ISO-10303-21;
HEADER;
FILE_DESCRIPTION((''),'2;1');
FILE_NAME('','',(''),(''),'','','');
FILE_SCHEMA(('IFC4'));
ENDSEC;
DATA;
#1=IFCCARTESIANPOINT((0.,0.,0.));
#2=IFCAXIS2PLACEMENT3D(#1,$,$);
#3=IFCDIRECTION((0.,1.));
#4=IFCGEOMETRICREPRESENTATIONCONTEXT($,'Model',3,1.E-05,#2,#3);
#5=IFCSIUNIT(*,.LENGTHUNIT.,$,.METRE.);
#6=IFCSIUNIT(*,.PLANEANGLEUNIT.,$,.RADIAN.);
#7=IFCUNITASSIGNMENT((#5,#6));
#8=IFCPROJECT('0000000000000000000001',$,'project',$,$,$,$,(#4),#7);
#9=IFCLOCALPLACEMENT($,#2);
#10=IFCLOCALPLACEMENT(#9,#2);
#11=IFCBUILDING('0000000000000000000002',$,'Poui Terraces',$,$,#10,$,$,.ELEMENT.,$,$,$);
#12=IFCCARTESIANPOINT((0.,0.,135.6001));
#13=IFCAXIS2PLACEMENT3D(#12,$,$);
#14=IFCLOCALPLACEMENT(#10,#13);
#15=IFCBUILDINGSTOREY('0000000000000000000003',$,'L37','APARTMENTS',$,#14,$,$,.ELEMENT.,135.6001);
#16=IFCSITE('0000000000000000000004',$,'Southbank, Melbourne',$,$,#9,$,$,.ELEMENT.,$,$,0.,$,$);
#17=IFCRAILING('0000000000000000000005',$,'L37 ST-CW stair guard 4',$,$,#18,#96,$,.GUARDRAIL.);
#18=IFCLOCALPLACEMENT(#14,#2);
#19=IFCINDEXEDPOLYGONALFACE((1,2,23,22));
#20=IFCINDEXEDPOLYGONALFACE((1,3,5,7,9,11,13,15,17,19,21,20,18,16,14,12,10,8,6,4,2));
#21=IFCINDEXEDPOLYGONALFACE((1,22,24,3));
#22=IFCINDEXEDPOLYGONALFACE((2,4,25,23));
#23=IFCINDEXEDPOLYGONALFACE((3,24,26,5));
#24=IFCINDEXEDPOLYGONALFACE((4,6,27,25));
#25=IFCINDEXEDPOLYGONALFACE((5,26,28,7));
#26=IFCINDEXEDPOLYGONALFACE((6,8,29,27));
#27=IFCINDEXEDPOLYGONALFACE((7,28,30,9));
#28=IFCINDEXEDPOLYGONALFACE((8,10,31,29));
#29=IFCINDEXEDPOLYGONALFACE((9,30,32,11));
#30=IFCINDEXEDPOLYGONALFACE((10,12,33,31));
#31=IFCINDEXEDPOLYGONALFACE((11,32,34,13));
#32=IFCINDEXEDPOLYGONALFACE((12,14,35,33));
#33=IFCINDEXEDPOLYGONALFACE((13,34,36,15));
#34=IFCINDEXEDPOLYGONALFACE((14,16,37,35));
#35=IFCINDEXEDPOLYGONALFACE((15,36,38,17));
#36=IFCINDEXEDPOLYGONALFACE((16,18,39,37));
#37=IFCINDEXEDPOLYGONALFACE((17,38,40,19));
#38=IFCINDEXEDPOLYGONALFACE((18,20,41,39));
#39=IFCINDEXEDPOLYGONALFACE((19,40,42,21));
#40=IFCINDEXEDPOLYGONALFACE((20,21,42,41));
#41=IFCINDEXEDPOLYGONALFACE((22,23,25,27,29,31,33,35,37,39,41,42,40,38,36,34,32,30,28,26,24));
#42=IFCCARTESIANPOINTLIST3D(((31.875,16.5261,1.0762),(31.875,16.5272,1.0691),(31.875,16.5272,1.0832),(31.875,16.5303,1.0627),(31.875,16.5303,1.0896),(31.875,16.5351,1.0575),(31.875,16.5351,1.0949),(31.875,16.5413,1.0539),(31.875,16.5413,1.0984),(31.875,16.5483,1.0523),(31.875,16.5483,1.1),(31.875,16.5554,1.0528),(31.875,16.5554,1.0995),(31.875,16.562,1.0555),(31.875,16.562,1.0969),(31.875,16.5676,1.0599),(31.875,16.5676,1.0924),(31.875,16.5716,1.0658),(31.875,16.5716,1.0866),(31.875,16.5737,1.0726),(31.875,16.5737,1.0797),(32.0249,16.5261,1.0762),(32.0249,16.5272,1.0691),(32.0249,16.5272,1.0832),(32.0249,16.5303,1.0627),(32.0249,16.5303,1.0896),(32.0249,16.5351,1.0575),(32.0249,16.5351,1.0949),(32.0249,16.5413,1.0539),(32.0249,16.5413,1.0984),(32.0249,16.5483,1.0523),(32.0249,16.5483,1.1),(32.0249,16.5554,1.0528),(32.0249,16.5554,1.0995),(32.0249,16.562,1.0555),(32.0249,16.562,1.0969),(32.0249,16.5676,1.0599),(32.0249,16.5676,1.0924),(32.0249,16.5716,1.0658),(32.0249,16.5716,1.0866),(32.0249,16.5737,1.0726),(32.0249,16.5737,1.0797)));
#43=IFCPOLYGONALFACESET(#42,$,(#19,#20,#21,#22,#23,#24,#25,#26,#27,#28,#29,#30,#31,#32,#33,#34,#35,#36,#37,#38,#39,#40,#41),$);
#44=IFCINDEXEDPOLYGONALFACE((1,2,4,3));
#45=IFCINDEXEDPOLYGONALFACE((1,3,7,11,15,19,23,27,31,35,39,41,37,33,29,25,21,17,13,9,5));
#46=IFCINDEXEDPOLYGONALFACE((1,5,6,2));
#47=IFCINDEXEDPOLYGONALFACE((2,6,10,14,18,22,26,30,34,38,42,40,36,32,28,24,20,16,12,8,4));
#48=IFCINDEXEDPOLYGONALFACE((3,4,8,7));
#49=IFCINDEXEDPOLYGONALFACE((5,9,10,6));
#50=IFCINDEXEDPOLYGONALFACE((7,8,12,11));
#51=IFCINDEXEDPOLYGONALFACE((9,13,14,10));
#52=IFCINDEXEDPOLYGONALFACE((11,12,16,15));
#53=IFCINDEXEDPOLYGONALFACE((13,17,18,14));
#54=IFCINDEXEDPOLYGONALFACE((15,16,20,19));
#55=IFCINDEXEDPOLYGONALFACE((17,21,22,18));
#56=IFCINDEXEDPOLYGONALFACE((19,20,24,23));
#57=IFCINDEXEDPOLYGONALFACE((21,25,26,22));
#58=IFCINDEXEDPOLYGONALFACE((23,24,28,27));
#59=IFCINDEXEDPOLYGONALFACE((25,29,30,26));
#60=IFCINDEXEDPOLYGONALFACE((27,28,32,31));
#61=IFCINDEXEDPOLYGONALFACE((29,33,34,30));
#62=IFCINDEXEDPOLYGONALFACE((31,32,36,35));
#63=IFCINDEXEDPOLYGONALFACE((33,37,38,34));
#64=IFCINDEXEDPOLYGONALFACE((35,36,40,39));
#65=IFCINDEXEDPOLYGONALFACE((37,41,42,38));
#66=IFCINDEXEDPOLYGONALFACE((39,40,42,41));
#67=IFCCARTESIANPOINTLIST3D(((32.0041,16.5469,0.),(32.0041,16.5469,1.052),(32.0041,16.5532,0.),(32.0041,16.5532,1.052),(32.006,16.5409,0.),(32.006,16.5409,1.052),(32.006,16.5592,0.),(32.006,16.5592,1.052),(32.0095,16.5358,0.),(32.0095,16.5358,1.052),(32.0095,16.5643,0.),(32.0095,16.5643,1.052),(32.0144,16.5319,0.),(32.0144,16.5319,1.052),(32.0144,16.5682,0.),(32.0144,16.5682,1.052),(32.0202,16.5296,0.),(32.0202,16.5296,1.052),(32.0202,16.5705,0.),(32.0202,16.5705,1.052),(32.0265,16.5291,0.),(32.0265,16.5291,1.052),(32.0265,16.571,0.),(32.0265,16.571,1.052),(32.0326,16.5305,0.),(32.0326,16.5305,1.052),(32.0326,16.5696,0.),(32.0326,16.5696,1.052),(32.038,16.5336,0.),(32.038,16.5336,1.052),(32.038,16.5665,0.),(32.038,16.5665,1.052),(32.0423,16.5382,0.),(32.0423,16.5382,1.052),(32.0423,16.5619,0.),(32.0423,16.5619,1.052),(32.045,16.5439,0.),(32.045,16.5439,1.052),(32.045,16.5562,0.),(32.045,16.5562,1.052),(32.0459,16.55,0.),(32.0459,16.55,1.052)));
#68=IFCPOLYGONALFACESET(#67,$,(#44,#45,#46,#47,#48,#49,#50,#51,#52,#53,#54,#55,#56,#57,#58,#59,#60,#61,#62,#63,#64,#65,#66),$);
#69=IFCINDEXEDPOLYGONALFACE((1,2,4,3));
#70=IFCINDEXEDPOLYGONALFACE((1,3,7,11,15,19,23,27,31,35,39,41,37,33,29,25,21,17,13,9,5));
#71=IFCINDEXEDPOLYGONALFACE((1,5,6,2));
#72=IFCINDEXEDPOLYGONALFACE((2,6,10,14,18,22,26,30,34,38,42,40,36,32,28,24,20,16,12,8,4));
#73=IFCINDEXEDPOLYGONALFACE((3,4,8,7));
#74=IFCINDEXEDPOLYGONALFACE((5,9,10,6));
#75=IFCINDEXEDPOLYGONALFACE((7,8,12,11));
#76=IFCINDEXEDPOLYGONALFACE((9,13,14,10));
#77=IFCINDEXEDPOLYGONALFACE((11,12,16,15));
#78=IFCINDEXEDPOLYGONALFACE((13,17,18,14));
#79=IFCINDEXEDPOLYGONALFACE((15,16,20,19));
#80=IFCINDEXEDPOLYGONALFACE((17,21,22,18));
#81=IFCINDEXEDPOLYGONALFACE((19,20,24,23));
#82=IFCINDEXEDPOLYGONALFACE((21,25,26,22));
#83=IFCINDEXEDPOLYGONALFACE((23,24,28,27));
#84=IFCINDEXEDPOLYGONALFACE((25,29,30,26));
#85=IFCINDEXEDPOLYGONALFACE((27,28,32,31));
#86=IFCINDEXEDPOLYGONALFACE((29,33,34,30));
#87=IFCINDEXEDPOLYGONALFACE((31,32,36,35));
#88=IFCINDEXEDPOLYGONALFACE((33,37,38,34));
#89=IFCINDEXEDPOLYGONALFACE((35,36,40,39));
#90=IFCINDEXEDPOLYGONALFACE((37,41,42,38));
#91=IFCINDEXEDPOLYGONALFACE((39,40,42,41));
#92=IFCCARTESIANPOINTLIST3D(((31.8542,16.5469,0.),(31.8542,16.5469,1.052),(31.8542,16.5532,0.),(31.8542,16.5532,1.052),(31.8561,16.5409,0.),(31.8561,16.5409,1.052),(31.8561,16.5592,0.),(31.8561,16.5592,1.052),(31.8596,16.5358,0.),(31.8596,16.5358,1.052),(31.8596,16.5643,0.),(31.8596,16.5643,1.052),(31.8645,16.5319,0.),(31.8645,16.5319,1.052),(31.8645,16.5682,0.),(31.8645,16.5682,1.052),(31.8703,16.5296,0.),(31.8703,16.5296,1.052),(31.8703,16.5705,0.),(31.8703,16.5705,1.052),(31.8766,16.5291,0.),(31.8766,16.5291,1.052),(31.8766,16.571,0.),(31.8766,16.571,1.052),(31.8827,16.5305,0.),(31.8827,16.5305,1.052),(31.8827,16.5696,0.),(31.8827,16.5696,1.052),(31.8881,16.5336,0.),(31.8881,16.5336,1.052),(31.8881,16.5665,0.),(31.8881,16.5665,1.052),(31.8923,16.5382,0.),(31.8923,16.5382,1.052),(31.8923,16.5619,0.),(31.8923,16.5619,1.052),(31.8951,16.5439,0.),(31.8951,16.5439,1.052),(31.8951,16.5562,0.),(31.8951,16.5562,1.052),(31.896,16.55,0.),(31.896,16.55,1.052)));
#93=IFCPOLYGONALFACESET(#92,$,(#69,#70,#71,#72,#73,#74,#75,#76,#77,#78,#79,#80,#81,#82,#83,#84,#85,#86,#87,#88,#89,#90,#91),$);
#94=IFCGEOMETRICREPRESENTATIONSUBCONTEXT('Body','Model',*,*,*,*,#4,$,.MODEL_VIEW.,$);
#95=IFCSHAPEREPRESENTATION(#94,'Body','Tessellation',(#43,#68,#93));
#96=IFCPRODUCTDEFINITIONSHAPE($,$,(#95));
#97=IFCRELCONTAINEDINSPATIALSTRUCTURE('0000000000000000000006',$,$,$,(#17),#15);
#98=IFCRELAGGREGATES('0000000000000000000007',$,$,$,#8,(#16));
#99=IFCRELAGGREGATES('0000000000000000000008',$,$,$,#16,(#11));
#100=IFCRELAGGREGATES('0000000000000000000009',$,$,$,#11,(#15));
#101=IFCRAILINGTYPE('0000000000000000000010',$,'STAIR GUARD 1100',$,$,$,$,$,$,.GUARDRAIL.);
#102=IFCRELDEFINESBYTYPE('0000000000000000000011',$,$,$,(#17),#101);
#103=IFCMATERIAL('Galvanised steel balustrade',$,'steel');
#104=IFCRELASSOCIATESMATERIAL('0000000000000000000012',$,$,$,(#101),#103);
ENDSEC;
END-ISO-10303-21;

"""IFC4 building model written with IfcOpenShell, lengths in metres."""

from ifc_helpers import new_model, si_unit, direction, frame, origin, origin_2d, place, context, subcontext, project, spatial, circle, extrude, material, type_object, element, save


model = new_model("IFC4")

# Units and contexts
model_context = context("Model", 3, precision=1e-05, world=origin(), true_north=direction((0.0, 1.0)))
body_context = subcontext(model_context, "Body", "Model", "MODEL_VIEW")
ifc_project = project(units=[si_unit("LENGTHUNIT", "METRE"), si_unit("PLANEANGLEUNIT", "RADIAN")], contexts=[model_context])

# Site, building, storey
site_placement = place(None, origin())
site = spatial("IfcSite", under=ifc_project, at=site_placement, Name="Southbank, Melbourne", CompositionType="ELEMENT", RefElevation=0.0)
building_placement = place(site_placement, origin())
building = spatial("IfcBuilding", under=site, at=building_placement, Name="Poui Terraces", CompositionType="ELEMENT")
storey_placement = place(building_placement, frame((0.0, 0.0, 135.6001)))
storey = spatial("IfcBuildingStorey", under=building, at=storey_placement, Name="L37", Description="APARTMENTS", CompositionType="ELEMENT", Elevation=135.6001)

# Railing
ifc_material_1 = material(Name="Galvanised steel balustrade", Category="steel")
railing_type_1 = type_object("IfcRailingType", Name="STAIR GUARD 1100", PredefinedType="GUARDRAIL", material=ifc_material_1)
railing_1_placement = place(storey_placement, frame((32.0249, 16.55, 0.0)))
element("IfcRailing", 1, at=railing_1_placement, inside=storey, type_object=railing_type_1, Name="L37 ST-CW stair guard 4", PredefinedType="GUARDRAIL", context=body_context, shape_type="SweptSolid", body=[
    extrude(circle(Radius=0.0239, at=origin_2d()), frame((0.0, 0.0, 1.0762), z_axis=(-1.0, 0.0, 0.0), x_axis=(0.0, -1.0, 0.0)), (0.0, 0.0, 1.0), 0.1499),
    extrude(circle(Radius=0.021, at=origin_2d()), origin(), (0.0, 0.0, 1.0), 1.052),
    extrude(circle(Radius=0.021, at=origin_2d()), frame((-0.1499, 0.0, 0.0)), (0.0, 0.0, 1.0), 1.052),
])

save(model, "model.ifc")
